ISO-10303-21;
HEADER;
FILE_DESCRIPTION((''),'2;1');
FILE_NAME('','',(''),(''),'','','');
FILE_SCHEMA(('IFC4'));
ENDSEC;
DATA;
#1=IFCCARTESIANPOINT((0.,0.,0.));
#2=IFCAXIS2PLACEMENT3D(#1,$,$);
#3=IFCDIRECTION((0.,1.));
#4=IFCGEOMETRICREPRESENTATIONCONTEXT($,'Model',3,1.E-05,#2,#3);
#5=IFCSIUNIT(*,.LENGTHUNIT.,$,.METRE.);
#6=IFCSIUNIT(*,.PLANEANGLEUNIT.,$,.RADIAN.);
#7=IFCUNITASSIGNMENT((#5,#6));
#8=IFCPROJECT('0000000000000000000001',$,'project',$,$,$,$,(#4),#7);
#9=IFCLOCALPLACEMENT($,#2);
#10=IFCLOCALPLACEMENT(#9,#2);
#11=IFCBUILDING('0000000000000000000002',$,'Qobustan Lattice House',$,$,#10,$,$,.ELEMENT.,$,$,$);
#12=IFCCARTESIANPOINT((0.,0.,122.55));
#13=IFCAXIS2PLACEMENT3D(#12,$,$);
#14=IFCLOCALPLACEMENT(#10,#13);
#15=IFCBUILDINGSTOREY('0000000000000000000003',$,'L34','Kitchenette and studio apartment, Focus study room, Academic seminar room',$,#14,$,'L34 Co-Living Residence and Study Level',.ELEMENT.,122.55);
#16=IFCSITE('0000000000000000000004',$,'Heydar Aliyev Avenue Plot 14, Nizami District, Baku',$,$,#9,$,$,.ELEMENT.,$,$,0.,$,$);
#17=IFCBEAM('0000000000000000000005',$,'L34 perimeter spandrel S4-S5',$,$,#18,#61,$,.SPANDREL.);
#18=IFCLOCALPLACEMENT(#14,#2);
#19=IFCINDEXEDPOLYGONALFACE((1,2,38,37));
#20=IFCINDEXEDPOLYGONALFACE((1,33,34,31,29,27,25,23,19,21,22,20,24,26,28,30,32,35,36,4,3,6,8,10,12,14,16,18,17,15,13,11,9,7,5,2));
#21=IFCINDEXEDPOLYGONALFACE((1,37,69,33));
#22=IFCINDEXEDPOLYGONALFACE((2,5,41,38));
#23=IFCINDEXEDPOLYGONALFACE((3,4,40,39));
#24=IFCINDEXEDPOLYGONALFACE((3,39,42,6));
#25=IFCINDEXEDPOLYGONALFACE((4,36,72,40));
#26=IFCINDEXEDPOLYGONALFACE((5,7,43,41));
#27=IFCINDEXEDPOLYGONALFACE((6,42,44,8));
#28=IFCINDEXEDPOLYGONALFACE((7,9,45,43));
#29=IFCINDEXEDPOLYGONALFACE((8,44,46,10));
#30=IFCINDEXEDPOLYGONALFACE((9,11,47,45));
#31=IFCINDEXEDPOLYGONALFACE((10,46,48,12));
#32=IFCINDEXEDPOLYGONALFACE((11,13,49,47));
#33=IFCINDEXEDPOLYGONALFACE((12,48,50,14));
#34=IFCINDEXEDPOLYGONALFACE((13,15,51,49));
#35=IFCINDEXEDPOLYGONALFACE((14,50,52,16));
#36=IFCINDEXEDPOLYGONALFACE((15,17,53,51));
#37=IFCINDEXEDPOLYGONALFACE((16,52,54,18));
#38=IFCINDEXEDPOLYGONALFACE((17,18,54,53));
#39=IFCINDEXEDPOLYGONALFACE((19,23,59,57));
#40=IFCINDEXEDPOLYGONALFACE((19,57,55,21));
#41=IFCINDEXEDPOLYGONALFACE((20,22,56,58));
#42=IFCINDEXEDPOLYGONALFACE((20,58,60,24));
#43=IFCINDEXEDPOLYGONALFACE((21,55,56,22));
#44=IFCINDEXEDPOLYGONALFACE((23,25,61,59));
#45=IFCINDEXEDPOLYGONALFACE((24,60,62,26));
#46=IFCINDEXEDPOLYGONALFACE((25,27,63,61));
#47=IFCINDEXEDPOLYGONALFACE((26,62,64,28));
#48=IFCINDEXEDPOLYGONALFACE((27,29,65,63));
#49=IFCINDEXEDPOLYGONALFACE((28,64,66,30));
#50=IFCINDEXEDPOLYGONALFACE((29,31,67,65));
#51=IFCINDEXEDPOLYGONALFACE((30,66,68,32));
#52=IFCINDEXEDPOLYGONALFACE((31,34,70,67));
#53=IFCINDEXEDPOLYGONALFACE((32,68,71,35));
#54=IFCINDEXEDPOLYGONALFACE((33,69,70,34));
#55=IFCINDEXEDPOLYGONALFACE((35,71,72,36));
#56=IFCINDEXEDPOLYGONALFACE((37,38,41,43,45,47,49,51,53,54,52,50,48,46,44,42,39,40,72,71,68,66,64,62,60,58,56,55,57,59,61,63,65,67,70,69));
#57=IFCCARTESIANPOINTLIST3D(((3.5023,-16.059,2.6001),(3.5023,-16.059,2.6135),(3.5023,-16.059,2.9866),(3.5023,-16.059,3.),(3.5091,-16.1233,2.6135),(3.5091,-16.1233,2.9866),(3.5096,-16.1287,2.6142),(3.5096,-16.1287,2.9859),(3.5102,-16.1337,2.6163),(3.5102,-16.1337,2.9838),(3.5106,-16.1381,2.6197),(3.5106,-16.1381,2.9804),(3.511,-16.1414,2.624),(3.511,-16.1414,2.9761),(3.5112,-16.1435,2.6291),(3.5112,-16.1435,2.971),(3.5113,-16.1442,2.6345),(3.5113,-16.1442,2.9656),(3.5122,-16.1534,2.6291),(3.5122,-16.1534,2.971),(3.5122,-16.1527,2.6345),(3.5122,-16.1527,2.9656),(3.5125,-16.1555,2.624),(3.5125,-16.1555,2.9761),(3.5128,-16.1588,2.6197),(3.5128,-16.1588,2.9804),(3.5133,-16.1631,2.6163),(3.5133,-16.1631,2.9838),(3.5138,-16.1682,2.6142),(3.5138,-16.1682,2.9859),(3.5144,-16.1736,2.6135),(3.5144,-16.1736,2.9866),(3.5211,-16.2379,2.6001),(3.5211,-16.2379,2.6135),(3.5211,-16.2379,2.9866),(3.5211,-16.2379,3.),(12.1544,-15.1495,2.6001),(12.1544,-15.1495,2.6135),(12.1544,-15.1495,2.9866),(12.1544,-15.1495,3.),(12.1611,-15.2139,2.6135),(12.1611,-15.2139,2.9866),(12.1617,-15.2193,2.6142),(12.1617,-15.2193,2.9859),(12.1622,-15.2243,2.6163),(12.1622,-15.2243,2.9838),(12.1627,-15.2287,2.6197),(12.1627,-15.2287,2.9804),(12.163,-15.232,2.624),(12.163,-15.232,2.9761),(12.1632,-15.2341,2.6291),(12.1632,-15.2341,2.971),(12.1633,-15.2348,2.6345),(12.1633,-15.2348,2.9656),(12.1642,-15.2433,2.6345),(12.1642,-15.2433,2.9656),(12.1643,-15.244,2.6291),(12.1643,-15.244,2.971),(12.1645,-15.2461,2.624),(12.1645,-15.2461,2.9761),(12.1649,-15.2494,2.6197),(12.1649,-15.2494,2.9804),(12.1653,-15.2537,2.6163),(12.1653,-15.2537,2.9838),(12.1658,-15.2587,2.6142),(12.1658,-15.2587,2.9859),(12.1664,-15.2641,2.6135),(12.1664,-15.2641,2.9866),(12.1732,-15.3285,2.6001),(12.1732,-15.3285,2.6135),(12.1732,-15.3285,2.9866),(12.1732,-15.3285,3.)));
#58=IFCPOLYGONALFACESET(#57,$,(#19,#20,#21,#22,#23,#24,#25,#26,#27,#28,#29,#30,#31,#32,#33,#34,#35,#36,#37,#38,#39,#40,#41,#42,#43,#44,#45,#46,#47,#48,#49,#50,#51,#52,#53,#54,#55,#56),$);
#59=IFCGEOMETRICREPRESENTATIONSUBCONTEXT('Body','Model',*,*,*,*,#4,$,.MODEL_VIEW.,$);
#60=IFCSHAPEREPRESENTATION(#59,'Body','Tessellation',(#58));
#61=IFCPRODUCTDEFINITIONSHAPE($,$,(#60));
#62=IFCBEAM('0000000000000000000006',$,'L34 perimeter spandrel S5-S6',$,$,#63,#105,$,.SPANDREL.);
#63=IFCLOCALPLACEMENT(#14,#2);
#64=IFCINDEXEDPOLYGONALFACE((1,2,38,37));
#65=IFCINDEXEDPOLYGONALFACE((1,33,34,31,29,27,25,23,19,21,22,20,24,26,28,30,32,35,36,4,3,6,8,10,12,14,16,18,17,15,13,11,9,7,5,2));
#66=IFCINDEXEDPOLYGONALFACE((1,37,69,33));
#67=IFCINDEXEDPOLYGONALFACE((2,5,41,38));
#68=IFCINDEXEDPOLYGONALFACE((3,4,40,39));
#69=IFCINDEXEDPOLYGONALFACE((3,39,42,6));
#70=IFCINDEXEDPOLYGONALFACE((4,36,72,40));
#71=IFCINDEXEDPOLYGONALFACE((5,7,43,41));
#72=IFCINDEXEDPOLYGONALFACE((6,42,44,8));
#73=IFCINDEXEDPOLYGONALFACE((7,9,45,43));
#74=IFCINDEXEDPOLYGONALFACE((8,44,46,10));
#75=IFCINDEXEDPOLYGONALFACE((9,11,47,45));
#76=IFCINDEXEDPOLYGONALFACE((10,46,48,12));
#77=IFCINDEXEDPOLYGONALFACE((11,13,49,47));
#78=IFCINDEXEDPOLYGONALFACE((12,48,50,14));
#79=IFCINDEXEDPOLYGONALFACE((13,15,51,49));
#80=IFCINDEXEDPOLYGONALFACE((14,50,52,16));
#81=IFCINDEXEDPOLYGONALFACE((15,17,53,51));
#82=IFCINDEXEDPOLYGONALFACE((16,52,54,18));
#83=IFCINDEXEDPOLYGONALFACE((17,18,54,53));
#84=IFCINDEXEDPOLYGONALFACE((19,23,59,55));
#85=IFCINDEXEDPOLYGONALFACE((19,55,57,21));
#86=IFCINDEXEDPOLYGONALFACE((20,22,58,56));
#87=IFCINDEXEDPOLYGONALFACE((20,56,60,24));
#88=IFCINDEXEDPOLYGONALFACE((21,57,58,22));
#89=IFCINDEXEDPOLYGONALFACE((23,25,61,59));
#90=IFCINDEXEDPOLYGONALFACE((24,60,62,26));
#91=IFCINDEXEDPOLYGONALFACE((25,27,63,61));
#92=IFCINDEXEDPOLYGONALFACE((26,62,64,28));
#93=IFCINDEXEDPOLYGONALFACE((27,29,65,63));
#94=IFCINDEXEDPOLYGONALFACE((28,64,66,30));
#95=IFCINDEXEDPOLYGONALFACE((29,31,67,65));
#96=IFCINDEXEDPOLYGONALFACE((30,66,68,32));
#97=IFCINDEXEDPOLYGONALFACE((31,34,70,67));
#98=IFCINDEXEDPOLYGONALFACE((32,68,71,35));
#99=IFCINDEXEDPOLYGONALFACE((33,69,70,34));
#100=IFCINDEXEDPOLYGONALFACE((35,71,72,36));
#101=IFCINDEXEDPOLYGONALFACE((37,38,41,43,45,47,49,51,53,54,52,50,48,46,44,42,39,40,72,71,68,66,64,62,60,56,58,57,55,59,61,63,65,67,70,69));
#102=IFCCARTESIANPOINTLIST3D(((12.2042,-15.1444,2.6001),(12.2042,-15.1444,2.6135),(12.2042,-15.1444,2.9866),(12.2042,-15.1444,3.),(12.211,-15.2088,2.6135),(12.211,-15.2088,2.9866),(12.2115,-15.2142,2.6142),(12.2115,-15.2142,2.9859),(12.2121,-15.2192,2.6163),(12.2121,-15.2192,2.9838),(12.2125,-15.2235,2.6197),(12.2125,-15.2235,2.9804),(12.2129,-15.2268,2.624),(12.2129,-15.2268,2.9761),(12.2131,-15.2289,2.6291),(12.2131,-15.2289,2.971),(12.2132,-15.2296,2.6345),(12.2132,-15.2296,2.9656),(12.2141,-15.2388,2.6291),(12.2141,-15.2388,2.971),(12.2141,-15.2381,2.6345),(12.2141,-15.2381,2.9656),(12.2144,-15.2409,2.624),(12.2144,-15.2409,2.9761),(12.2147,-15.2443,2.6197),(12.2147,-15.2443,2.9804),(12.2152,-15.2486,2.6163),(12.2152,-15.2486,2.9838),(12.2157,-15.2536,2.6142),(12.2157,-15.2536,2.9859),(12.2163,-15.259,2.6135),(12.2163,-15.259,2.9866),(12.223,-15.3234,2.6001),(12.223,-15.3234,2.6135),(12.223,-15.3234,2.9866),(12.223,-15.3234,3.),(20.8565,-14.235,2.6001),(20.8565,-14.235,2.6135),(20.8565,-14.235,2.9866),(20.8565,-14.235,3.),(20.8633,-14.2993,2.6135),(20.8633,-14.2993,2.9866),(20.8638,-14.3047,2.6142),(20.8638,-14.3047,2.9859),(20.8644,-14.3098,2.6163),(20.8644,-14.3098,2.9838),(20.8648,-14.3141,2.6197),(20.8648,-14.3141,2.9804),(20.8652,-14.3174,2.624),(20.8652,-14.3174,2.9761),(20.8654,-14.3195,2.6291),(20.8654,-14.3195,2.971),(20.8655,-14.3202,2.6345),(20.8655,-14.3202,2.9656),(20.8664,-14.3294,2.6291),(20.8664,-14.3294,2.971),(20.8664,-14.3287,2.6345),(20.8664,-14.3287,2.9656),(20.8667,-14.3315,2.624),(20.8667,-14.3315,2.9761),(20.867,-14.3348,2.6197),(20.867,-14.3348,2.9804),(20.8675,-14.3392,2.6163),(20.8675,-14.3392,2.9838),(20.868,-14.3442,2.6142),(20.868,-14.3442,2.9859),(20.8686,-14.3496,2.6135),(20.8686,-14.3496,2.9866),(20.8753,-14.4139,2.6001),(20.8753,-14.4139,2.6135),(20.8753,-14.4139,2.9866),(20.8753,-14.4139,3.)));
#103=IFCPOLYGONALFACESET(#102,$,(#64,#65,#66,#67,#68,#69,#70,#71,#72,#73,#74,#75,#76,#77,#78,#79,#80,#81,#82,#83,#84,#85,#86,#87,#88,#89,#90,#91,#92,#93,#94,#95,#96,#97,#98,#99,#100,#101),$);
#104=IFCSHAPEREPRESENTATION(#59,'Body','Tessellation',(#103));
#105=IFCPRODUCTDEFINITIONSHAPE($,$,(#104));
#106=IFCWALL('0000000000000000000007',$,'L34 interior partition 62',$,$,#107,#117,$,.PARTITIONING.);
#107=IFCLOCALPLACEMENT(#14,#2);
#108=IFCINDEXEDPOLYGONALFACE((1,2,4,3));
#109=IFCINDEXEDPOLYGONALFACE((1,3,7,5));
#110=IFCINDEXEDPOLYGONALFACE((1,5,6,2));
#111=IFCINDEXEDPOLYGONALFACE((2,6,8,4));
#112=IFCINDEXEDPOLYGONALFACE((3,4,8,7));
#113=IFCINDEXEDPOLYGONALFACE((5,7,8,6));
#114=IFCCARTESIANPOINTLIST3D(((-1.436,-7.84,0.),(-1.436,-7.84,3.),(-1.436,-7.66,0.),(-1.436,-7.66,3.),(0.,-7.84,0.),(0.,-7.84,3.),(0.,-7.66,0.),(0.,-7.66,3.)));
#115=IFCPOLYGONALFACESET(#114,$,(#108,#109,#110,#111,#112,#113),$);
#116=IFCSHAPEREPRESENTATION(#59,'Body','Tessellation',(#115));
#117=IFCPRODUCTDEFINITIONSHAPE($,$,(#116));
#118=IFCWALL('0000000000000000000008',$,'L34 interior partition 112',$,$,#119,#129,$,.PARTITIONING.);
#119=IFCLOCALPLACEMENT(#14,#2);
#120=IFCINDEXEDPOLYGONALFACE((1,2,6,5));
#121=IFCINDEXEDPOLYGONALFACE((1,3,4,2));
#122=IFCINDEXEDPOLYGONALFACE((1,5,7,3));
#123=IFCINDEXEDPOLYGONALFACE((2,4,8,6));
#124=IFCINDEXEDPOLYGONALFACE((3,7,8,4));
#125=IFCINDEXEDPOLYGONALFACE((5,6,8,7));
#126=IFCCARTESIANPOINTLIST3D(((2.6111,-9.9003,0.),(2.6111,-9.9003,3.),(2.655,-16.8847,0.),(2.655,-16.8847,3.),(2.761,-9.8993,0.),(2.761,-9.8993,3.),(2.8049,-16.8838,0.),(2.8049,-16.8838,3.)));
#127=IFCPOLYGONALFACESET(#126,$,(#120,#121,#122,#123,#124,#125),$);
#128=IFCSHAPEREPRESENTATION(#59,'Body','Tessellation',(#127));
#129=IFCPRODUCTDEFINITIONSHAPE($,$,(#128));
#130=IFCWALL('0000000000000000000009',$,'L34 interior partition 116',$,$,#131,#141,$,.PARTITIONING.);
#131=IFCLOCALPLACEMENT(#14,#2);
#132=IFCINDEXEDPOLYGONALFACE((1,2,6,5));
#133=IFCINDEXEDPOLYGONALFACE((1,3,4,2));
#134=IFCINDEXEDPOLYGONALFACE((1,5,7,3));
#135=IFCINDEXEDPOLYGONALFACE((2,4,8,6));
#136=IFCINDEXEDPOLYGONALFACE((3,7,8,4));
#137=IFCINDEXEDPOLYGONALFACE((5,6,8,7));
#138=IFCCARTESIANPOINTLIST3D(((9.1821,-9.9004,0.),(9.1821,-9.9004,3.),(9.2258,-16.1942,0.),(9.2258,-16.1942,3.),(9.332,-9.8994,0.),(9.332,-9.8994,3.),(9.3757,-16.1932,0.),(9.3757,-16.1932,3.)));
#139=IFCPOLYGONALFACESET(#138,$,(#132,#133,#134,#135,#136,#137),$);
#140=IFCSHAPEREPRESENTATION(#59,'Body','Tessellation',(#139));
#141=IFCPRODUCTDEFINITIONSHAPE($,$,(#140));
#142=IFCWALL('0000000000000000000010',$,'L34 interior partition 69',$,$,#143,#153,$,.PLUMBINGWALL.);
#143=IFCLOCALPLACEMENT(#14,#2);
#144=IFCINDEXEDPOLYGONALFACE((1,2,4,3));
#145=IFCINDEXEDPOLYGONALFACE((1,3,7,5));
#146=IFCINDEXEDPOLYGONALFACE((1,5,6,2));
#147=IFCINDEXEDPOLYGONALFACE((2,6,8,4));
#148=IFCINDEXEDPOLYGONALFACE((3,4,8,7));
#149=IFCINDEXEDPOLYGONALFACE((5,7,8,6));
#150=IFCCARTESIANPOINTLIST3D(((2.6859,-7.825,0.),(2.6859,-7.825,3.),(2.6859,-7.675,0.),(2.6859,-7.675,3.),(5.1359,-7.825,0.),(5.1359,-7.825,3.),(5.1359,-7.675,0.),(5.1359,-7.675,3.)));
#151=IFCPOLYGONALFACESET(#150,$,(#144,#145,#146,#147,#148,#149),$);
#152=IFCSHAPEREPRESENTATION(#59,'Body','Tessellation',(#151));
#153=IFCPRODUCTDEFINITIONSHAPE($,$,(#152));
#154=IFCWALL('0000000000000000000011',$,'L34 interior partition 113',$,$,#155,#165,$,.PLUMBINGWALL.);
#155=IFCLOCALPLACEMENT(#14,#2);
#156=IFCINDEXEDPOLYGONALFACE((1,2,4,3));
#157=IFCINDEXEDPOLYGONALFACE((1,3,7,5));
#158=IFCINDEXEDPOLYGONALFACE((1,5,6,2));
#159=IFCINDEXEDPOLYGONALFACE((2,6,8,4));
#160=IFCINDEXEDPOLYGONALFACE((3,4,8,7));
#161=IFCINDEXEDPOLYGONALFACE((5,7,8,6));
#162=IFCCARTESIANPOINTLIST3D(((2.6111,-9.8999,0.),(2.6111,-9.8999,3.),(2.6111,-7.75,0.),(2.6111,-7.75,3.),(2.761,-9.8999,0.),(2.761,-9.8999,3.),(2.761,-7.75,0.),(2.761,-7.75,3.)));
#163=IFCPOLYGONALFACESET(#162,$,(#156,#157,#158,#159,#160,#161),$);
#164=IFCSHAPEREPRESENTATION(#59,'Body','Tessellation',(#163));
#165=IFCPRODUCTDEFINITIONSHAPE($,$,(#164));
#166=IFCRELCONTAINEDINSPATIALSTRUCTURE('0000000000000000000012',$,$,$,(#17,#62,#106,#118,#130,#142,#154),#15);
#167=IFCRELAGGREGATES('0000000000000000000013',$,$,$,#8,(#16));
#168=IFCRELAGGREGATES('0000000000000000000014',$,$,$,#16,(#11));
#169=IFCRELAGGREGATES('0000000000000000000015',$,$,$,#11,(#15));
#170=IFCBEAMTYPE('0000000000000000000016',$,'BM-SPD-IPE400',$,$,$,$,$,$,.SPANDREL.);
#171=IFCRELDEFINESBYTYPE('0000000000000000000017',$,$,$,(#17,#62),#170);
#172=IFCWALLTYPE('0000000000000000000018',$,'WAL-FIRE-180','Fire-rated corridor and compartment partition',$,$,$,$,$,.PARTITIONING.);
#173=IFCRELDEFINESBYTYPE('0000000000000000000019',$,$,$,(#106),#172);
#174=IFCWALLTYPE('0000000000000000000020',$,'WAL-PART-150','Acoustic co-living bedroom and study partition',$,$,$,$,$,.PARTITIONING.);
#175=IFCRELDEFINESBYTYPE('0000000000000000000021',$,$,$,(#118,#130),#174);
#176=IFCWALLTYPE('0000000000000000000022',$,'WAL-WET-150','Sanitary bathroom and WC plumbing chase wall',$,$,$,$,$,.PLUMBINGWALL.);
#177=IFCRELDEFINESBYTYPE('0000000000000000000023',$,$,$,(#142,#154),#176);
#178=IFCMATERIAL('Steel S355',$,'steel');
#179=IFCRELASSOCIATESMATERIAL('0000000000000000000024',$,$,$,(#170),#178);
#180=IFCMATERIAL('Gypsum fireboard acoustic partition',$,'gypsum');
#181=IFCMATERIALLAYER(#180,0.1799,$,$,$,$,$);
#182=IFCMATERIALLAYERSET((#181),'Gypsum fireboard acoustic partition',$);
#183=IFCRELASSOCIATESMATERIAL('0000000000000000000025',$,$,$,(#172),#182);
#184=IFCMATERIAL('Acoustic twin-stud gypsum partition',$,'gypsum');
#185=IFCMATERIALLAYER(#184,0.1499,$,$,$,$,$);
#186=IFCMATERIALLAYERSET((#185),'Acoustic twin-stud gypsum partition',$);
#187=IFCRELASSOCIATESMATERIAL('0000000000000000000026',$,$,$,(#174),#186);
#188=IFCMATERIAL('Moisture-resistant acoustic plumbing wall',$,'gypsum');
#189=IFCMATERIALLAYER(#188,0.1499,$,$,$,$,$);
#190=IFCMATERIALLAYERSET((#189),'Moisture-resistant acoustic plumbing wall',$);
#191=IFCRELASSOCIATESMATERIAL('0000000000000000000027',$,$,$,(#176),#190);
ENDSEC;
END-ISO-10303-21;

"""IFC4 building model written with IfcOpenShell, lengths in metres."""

from ifc_helpers import new_model, si_unit, direction, frame, frame_2d, origin, origin_2d, place, context, subcontext, project, spatial, rectangle, i_section, extrude, material, layer, layer_set, material_profile, profile_set, type_object, element, save


model = new_model("IFC4")

# Units and contexts
model_context = context("Model", 3, precision=1e-05, world=origin(), true_north=direction((0.0, 1.0)))
body_context = subcontext(model_context, "Body", "Model", "MODEL_VIEW")
ifc_project = project(units=[si_unit("LENGTHUNIT", "METRE"), si_unit("PLANEANGLEUNIT", "RADIAN")], contexts=[model_context])

# Site, building, storey
site_placement = place(None, origin())
site = spatial("IfcSite", under=ifc_project, at=site_placement, Name="Heydar Aliyev Avenue Plot 14, Nizami District, Baku", CompositionType="ELEMENT", RefElevation=0.0)
building_placement = place(site_placement, origin())
building = spatial("IfcBuilding", under=site, at=building_placement, Name="Qobustan Lattice House", CompositionType="ELEMENT")
storey_placement = place(building_placement, frame((0.0, 0.0, 122.55)))
storey = spatial("IfcBuildingStorey", under=building, at=storey_placement, Name="L34", Description="Kitchenette and studio apartment, Focus study room, Academic seminar room", LongName="L34 Co-Living Residence and Study Level", CompositionType="ELEMENT", Elevation=122.55)

# Beams
ifc_material_1 = material(Name="Steel S355", Category="steel")
ifc_material_profile_1 = material_profile(ifc_material_1, i_section(OverallWidth=0.1799, OverallDepth=0.3999, WebThickness=0.0085, FlangeThickness=0.0134, FilletRadius=0.021, at=origin_2d()), Name="IPE400")
ifc_profile_set_1 = profile_set([ifc_material_profile_1], Name="Steel S355")
beam_type_1 = type_object("IfcBeamType", Name="BM-SPD-IPE400", PredefinedType="SPANDREL", material=ifc_profile_set_1)
beam_1_placement = place(storey_placement, frame((3.5117, -16.1484, 2.8), z_axis=(0.994521, 0.104534, 0.0), x_axis=(-0.104534, 0.994521, 0.0)))
element("IfcBeam", 1, at=beam_1_placement, inside=storey, type_object=beam_type_1, Name="L34 perimeter spandrel S4-S5", PredefinedType="SPANDREL", context=body_context, shape_type="SweptSolid", body=[
    extrude(i_section(OverallWidth=0.1799, OverallDepth=0.3999, WebThickness=0.0085, FlangeThickness=0.0134, FilletRadius=0.021, at=origin_2d()), origin(), (0.0, 0.0, 1.0), 8.6997),
])
beam_2_placement = place(storey_placement, frame((12.2136, -15.2339, 2.8), z_axis=(0.994522, 0.104531, 0.0), x_axis=(-0.104531, 0.994522, 0.0)))
element("IfcBeam", 2, at=beam_2_placement, inside=storey, type_object=beam_type_1, Name="L34 perimeter spandrel S5-S6", PredefinedType="SPANDREL", context=body_context, shape_type="SweptSolid", body=[
    extrude(i_section(OverallWidth=0.1799, OverallDepth=0.3999, WebThickness=0.0085, FlangeThickness=0.0134, FilletRadius=0.021, at=origin_2d()), origin(), (0.0, 0.0, 1.0), 8.7),
])

# Wall
ifc_material_2 = material(Name="Gypsum fireboard acoustic partition", Category="gypsum")
ifc_layer_1 = layer(ifc_material_2, 0.1799)
ifc_layer_set_1 = layer_set([ifc_layer_1], Name="Gypsum fireboard acoustic partition")
wall_type_1 = type_object("IfcWallType", Name="WAL-FIRE-180", Description="Fire-rated corridor and compartment partition", PredefinedType="PARTITIONING", material=ifc_layer_set_1)
wall_1_placement = place(storey_placement, frame((0.0, -7.75, 0.0), z_axis=(0.0, 0.0, 1.0), x_axis=(-1.0, 0.0, 0.0)))
element("IfcWall", 3, at=wall_1_placement, inside=storey, type_object=wall_type_1, Name="L34 interior partition 62", PredefinedType="PARTITIONING", context=body_context, shape_type="SweptSolid", body=[
    extrude(rectangle(XDim=1.436, YDim=0.1799, at=frame_2d((0.718, 0.0))), origin(), (0.0, 0.0, 1.0), 3.0),
])

# Walls
ifc_material_3 = material(Name="Acoustic twin-stud gypsum partition", Category="gypsum")
ifc_layer_2 = layer(ifc_material_3, 0.1499)
ifc_layer_set_2 = layer_set([ifc_layer_2], Name="Acoustic twin-stud gypsum partition")
wall_type_2 = type_object("IfcWallType", Name="WAL-PART-150", Description="Acoustic co-living bedroom and study partition", PredefinedType="PARTITIONING", material=ifc_layer_set_2)
wall_2_placement = place(storey_placement, frame((2.686, -9.8999, 0.0), z_axis=(0.0, 0.0, 1.0), x_axis=(0.006292, -0.99998, 0.0)))
element("IfcWall", 4, at=wall_2_placement, inside=storey, type_object=wall_type_2, Name="L34 interior partition 112", PredefinedType="PARTITIONING", context=body_context, shape_type="SweptSolid", body=[
    extrude(rectangle(XDim=6.9846, YDim=0.1499, at=frame_2d((3.4922, 0.0))), origin(), (0.0, 0.0, 1.0), 3.0),
])
wall_3_placement = place(storey_placement, frame((9.2571, -9.8999, 0.0), z_axis=(0.0, 0.0, 1.0), x_axis=(0.006943, -0.999976, 0.0)))
element("IfcWall", 5, at=wall_3_placement, inside=storey, type_object=wall_type_2, Name="L34 interior partition 116", PredefinedType="PARTITIONING", context=body_context, shape_type="SweptSolid", body=[
    extrude(rectangle(XDim=6.2939, YDim=0.1499, at=frame_2d((3.147, 0.0))), origin(), (0.0, 0.0, 1.0), 3.0),
])
ifc_material_4 = material(Name="Moisture-resistant acoustic plumbing wall", Category="gypsum")
ifc_layer_3 = layer(ifc_material_4, 0.1499)
ifc_layer_set_3 = layer_set([ifc_layer_3], Name="Moisture-resistant acoustic plumbing wall")
wall_type_3 = type_object("IfcWallType", Name="WAL-WET-150", Description="Sanitary bathroom and WC plumbing chase wall", PredefinedType="PLUMBINGWALL", material=ifc_layer_set_3)
wall_4_placement = place(storey_placement, frame((5.136, -7.75, 0.0), z_axis=(0.0, 0.0, 1.0), x_axis=(-1.0, 0.0, 0.0)))
element("IfcWall", 6, at=wall_4_placement, inside=storey, type_object=wall_type_3, Name="L34 interior partition 69", PredefinedType="PLUMBINGWALL", context=body_context, shape_type="SweptSolid", body=[
    extrude(rectangle(XDim=2.45, YDim=0.1499, at=frame_2d((1.2251, 0.0))), origin(), (0.0, 0.0, 1.0), 3.0),
])
wall_5_placement = place(storey_placement, frame((2.686, -7.75, 0.0), z_axis=(0.0, 0.0, 1.0), x_axis=(0.0, -1.0, 0.0)))
element("IfcWall", 7, at=wall_5_placement, inside=storey, type_object=wall_type_3, Name="L34 interior partition 113", PredefinedType="PLUMBINGWALL", context=body_context, shape_type="SweptSolid", body=[
    extrude(rectangle(XDim=2.1499, YDim=0.1499, at=frame_2d((1.075, 0.0))), origin(), (0.0, 0.0, 1.0), 3.0),
])

save(model, "model.ifc")
